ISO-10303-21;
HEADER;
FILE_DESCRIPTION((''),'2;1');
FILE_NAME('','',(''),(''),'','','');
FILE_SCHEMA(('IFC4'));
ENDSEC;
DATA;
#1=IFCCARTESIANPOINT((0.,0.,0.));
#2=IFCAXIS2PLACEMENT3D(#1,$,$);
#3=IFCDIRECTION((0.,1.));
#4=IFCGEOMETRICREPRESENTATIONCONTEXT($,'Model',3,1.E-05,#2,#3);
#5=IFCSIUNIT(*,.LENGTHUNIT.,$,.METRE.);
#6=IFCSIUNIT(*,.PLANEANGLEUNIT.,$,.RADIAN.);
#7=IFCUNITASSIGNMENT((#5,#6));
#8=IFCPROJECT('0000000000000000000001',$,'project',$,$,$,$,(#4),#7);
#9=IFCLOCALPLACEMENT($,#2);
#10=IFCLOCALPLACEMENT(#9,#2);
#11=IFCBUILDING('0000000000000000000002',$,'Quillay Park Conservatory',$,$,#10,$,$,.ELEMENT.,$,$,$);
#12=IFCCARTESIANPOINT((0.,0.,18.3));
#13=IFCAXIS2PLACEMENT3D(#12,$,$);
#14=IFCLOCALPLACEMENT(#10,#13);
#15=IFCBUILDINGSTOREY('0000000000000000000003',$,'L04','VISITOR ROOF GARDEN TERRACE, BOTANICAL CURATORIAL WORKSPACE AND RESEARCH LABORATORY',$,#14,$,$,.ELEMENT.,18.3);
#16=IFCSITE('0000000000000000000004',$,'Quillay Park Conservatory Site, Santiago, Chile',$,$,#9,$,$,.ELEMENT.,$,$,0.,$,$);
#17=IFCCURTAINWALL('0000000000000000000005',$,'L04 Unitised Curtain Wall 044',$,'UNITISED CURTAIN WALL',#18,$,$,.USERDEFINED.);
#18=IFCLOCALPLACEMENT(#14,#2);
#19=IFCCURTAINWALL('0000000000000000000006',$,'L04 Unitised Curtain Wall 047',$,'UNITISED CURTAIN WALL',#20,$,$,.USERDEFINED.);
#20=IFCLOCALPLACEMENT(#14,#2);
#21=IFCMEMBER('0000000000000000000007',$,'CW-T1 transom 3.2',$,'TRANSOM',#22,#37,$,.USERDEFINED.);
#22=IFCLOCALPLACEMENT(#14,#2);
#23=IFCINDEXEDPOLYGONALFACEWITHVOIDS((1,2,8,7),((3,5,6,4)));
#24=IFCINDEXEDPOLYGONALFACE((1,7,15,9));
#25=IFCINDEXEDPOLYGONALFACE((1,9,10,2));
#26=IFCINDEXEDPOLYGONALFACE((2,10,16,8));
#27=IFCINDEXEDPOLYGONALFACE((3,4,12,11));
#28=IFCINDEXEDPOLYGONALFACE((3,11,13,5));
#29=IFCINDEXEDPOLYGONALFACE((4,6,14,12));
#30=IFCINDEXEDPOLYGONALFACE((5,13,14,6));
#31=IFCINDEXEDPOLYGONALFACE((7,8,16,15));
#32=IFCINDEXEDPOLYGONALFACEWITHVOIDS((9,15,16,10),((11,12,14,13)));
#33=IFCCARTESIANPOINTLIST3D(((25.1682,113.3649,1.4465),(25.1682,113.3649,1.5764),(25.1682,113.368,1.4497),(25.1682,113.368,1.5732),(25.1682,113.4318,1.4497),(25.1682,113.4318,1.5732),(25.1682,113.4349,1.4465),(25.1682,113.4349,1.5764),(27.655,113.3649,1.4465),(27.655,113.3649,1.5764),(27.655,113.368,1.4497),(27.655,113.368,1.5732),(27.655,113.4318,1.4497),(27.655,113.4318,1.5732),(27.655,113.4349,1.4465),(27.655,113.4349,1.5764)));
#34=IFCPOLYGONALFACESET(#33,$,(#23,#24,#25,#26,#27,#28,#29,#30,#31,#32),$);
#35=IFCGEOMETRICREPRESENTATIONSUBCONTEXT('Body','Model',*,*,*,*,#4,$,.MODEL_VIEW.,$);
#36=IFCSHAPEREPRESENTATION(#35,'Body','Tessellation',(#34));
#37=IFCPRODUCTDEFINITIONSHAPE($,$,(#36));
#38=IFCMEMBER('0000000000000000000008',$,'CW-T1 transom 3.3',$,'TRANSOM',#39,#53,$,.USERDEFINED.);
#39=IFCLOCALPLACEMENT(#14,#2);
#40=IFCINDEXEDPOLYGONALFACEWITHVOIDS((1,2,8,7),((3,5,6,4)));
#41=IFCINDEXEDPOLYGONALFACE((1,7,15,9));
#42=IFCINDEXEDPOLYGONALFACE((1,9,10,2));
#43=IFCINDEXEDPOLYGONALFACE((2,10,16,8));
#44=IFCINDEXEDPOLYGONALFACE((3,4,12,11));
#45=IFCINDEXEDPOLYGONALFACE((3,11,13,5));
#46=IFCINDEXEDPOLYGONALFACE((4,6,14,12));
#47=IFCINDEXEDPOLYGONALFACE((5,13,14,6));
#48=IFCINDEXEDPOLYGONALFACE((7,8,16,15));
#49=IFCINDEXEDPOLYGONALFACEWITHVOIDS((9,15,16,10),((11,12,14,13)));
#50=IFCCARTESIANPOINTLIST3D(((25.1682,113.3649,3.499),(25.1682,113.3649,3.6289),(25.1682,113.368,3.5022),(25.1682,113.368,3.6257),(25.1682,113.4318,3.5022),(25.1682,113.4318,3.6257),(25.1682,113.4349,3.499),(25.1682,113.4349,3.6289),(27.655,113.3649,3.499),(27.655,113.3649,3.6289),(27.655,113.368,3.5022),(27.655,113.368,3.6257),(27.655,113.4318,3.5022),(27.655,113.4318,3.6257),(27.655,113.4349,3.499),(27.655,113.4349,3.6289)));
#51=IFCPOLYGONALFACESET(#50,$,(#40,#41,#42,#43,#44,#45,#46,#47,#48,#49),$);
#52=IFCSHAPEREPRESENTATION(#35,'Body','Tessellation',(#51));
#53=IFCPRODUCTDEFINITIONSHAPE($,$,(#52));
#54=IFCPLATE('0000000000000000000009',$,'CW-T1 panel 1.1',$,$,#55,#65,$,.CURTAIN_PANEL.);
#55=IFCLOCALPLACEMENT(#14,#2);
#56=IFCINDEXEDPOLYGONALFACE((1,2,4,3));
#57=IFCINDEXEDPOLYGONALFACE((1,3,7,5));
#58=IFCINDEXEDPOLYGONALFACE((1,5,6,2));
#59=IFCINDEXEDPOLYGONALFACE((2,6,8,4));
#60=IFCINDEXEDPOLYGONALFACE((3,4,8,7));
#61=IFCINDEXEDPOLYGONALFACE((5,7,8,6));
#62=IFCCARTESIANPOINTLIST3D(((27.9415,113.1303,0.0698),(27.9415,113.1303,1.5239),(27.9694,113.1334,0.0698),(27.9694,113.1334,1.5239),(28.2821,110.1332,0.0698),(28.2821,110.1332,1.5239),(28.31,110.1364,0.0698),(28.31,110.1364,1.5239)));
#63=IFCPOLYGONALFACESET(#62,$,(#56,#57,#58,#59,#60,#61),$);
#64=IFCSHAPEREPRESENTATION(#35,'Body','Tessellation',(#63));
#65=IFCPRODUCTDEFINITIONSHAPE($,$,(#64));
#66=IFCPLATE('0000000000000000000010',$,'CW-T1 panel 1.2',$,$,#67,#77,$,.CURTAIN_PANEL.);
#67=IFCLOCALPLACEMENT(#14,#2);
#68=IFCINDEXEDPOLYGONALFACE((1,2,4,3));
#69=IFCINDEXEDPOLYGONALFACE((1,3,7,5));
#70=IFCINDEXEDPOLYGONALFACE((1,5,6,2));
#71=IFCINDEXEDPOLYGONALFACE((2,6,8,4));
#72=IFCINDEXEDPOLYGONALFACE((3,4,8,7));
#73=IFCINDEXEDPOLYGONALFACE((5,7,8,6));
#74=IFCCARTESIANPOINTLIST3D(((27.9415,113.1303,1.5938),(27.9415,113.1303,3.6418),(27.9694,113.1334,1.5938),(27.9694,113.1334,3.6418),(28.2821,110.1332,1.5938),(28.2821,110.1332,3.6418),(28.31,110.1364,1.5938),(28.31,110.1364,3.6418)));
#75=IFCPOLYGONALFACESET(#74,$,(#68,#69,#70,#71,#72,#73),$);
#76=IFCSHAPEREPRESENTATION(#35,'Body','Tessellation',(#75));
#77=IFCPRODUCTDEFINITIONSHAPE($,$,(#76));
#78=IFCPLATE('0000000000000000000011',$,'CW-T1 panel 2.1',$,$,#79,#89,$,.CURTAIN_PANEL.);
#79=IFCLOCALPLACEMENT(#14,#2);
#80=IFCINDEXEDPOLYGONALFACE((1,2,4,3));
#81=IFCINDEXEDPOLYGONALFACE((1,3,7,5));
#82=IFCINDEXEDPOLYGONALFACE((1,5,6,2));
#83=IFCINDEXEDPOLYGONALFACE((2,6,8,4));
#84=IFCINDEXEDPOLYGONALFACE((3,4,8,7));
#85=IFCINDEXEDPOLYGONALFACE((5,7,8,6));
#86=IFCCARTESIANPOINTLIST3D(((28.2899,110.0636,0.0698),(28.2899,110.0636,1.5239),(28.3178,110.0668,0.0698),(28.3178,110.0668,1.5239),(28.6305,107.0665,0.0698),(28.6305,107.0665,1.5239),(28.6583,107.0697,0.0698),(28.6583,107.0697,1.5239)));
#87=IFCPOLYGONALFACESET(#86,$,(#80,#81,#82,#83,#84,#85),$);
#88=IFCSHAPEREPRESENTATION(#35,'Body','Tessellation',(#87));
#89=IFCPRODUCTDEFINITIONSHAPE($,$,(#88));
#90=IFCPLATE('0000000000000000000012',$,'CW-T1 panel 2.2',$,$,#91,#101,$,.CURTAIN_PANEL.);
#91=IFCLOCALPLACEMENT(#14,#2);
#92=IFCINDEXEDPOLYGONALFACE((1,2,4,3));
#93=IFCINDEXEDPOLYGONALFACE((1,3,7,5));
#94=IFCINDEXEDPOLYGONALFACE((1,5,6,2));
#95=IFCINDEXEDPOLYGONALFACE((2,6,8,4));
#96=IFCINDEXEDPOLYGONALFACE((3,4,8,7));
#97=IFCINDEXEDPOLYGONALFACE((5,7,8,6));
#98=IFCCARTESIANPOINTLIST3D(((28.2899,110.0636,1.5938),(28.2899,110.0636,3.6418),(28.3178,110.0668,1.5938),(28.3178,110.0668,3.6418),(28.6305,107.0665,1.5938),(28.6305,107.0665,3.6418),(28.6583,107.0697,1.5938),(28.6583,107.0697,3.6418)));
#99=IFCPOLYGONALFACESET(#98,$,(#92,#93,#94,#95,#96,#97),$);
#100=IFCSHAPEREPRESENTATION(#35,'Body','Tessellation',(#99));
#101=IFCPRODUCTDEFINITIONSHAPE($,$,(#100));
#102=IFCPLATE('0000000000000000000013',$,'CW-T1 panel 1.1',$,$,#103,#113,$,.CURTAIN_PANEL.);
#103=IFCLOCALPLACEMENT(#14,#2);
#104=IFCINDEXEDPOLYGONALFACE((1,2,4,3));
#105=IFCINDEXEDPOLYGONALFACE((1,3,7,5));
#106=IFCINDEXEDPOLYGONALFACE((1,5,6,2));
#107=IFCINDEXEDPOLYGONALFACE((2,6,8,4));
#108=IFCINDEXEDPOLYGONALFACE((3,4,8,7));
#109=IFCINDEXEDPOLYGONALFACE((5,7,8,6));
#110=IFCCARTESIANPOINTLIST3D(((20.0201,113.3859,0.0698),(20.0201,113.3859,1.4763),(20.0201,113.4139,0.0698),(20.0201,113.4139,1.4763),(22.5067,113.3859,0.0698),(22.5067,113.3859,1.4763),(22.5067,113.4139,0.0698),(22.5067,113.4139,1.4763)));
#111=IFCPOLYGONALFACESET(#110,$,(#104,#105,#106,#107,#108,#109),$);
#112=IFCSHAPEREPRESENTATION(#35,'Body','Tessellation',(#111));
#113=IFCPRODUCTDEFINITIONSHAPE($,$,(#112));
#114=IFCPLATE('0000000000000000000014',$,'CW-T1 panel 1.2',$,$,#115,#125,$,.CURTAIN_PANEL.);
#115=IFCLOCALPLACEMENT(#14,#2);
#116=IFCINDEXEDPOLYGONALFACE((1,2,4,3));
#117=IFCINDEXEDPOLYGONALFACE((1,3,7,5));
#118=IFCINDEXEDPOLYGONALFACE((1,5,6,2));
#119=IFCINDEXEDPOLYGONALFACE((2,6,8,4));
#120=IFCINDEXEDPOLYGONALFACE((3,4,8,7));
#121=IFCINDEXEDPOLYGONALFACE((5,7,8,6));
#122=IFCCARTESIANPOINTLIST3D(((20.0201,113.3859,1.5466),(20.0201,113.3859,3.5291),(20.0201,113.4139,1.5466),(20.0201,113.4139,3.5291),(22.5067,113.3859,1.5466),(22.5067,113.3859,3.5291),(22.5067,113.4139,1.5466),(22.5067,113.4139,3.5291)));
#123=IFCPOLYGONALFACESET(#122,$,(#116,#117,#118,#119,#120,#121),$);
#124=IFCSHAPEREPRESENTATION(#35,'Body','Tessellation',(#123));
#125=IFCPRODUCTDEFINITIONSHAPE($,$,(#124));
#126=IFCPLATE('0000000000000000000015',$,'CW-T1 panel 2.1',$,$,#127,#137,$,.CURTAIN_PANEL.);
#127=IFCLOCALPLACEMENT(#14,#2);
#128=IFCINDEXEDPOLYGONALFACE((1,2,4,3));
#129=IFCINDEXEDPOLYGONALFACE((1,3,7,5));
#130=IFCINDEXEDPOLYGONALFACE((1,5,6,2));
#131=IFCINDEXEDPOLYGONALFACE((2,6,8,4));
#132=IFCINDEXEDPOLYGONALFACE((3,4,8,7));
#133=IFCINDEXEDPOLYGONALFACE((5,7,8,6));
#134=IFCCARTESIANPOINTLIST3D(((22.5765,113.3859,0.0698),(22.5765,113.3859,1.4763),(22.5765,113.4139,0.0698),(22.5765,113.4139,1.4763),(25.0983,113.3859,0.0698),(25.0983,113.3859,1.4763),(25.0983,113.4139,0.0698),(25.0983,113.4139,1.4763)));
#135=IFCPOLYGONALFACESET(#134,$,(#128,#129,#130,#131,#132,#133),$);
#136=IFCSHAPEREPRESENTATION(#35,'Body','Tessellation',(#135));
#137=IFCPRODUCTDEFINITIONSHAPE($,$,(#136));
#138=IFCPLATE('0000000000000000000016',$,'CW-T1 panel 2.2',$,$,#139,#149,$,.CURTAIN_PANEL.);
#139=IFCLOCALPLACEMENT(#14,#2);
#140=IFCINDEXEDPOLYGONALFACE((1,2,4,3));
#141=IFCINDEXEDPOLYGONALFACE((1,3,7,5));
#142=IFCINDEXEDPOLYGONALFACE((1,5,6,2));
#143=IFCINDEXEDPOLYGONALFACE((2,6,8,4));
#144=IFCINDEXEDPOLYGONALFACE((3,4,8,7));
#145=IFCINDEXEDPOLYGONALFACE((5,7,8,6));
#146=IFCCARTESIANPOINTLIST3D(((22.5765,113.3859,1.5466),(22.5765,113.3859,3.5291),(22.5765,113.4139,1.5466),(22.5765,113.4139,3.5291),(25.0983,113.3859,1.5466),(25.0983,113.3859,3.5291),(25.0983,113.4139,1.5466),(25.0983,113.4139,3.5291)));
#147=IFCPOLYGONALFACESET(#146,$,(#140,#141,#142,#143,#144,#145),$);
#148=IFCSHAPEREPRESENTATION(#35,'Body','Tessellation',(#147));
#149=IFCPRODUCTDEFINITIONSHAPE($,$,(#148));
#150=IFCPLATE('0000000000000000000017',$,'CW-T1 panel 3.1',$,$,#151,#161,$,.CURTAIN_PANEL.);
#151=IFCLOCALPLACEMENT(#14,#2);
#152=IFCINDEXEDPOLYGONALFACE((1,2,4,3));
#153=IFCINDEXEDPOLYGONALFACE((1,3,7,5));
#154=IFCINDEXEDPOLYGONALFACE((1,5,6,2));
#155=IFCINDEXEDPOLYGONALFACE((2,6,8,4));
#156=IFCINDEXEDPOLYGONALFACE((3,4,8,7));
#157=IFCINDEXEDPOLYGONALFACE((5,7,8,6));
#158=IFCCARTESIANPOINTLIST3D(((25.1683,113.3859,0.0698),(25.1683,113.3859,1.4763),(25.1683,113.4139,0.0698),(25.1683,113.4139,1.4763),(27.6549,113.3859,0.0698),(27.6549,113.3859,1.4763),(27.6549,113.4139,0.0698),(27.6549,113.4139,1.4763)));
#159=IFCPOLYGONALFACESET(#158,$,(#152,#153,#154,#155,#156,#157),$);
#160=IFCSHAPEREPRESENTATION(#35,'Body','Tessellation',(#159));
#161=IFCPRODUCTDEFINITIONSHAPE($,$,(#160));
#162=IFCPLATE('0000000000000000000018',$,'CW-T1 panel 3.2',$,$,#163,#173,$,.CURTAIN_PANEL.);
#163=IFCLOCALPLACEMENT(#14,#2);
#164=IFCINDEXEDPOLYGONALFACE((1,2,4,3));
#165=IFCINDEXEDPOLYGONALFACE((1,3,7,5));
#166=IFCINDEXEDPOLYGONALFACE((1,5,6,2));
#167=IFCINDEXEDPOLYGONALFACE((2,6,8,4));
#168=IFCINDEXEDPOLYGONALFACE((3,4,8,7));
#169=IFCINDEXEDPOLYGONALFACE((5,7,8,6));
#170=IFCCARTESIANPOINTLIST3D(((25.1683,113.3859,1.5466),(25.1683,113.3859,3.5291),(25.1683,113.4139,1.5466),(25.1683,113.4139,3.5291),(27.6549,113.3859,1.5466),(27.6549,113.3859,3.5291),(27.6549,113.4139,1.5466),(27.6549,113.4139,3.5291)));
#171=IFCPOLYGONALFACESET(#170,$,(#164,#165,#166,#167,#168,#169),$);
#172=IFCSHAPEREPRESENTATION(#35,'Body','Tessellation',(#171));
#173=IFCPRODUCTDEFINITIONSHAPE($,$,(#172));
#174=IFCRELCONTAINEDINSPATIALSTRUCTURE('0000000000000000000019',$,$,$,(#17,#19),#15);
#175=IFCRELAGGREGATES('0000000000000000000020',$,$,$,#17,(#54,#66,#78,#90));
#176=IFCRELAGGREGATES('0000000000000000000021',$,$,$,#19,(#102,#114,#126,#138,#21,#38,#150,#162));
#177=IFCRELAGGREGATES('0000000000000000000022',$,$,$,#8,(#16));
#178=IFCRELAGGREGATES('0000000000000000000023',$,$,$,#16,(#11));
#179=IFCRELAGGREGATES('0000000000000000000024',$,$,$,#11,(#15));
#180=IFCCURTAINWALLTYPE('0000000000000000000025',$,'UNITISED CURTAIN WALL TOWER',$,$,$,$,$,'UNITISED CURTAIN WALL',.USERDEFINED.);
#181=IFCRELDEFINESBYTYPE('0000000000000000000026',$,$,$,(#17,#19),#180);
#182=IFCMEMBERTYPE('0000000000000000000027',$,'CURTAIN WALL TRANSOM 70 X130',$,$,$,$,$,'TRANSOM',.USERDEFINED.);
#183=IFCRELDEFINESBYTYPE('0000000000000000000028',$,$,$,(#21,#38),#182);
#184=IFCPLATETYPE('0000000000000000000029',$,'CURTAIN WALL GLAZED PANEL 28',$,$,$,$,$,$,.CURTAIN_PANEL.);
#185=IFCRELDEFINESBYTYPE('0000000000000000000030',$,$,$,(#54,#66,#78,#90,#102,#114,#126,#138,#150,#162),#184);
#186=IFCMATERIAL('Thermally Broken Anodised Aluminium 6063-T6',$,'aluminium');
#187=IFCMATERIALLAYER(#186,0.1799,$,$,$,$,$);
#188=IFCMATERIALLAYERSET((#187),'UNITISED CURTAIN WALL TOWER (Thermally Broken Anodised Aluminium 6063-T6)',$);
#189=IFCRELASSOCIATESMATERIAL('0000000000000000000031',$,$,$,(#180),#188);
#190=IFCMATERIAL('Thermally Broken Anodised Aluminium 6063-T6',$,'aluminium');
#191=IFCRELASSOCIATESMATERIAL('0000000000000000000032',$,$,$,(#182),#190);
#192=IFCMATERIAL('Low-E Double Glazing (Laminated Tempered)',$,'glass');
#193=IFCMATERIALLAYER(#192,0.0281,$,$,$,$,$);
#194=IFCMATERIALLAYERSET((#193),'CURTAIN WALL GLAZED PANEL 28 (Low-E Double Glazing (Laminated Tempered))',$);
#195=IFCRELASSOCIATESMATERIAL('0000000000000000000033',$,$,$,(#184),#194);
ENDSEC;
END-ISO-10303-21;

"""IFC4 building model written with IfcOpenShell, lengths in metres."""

from ifc_helpers import new_model, si_unit, direction, frame, origin, origin_2d, place, context, subcontext, project, spatial, rectangle, hollow_rectangle, extrude, material, layer, layer_set, material_profile, profile_set, type_object, element, aggregate, save


model = new_model("IFC4")

# Units and contexts
model_context = context("Model", 3, precision=1e-05, world=origin(), true_north=direction((0.0, 1.0)))
body_context = subcontext(model_context, "Body", "Model", "MODEL_VIEW")
ifc_project = project(units=[si_unit("LENGTHUNIT", "METRE"), si_unit("PLANEANGLEUNIT", "RADIAN")], contexts=[model_context])

# Site, building, storey
site_placement = place(None, origin())
site = spatial("IfcSite", under=ifc_project, at=site_placement, Name="Quillay Park Conservatory Site, Santiago, Chile", CompositionType="ELEMENT", RefElevation=0.0)
building_placement = place(site_placement, origin())
building = spatial("IfcBuilding", under=site, at=building_placement, Name="Quillay Park Conservatory", CompositionType="ELEMENT")
storey_placement = place(building_placement, frame((0.0, 0.0, 18.3)))
storey = spatial("IfcBuildingStorey", under=building, at=storey_placement, Name="L04", Description="VISITOR ROOF GARDEN TERRACE, BOTANICAL CURATORIAL WORKSPACE AND RESEARCH LABORATORY", CompositionType="ELEMENT", Elevation=18.3)

# Curtain walls
ifc_material_1 = material(Name="Thermally Broken Anodised Aluminium 6063-T6", Category="aluminium")
ifc_layer_1 = layer(ifc_material_1, 0.1799)
ifc_layer_set_1 = layer_set([ifc_layer_1], Name="UNITISED CURTAIN WALL TOWER (Thermally Broken Anodised Aluminium 6063-T6)")
curtain_wall_type = type_object("IfcCurtainWallType", Name="UNITISED CURTAIN WALL TOWER", ElementType="UNITISED CURTAIN WALL", PredefinedType="USERDEFINED", material=ifc_layer_set_1)
curtain_wall_1_placement = place(storey_placement, origin())
curtain_wall_1 = element("IfcCurtainWall", 1, at=curtain_wall_1_placement, inside=storey, type_object=curtain_wall_type, Name="L04 Unitised Curtain Wall 044", ObjectType="UNITISED CURTAIN WALL", PredefinedType="USERDEFINED")
curtain_wall_2_placement = place(storey_placement, origin())
curtain_wall_2 = element("IfcCurtainWall", 2, at=curtain_wall_2_placement, inside=storey, type_object=curtain_wall_type, Name="L04 Unitised Curtain Wall 047", ObjectType="UNITISED CURTAIN WALL", PredefinedType="USERDEFINED")

# Members
ifc_material_2 = material(Name="Thermally Broken Anodised Aluminium 6063-T6", Category="aluminium")
ifc_material_profile_1 = material_profile(ifc_material_2, hollow_rectangle(XDim=0.0701, YDim=0.1299, WallThickness=0.0032, at=origin_2d()), Name="AL70x130x3.2")
ifc_profile_set_1 = profile_set([ifc_material_profile_1], Name="Thermally Broken Anodised Aluminium 6063-T6")
member_type_1 = type_object("IfcMemberType", Name="CURTAIN WALL TRANSOM 70 X130", ElementType="TRANSOM", PredefinedType="USERDEFINED", material=ifc_profile_set_1)
member_1_placement = place(storey_placement, frame((25.1682, 113.3999, 1.5115), z_axis=(1.0, 0.0, 0.0), x_axis=(0.0, 1.0, 0.0)))
member_1 = element("IfcMember", 3, at=member_1_placement, type_object=member_type_1, Name="CW-T1 transom 3.2", ObjectType="TRANSOM", PredefinedType="USERDEFINED", context=body_context, shape_type="SweptSolid", body=[
    extrude(hollow_rectangle(XDim=0.0701, YDim=0.1299, WallThickness=0.0032, at=origin_2d()), origin(), (0.0, 0.0, 1.0), 2.4868),
])
member_2_placement = place(storey_placement, frame((25.1682, 113.3999, 3.564), z_axis=(1.0, 0.0, 0.0), x_axis=(0.0, 1.0, 0.0)))
member_2 = element("IfcMember", 4, at=member_2_placement, type_object=member_type_1, Name="CW-T1 transom 3.3", ObjectType="TRANSOM", PredefinedType="USERDEFINED", context=body_context, shape_type="SweptSolid", body=[
    extrude(hollow_rectangle(XDim=0.0701, YDim=0.1299, WallThickness=0.0032, at=origin_2d()), origin(), (0.0, 0.0, 1.0), 2.4868),
])

# Plates
ifc_material_3 = material(Name="Low-E Double Glazing (Laminated Tempered)", Category="glass")
ifc_layer_2 = layer(ifc_material_3, 0.0281)
ifc_layer_set_2 = layer_set([ifc_layer_2], Name="CURTAIN WALL GLAZED PANEL 28 (Low-E Double Glazing (Laminated Tempered))")
plate_type = type_object("IfcPlateType", Name="CURTAIN WALL GLAZED PANEL 28", PredefinedType="CURTAIN_PANEL", material=ifc_layer_set_2)
plate_1_placement = place(storey_placement, frame((28.1257, 111.6333, 0.0698), z_axis=(0.0, 0.0, 1.0), x_axis=(0.112903, -0.993606, 0.0)))
plate_1 = element("IfcPlate", 5, at=plate_1_placement, type_object=plate_type, Name="CW-T1 panel 1.1", PredefinedType="CURTAIN_PANEL", context=body_context, shape_type="SweptSolid", body=[
    extrude(rectangle(XDim=3.0164, YDim=0.0281, at=origin_2d()), origin(), (0.0, 0.0, 1.0), 1.4541),
])
plate_2_placement = place(storey_placement, frame((28.1257, 111.6333, 1.5938), z_axis=(0.0, 0.0, 1.0), x_axis=(0.112903, -0.993606, 0.0)))
plate_2 = element("IfcPlate", 6, at=plate_2_placement, type_object=plate_type, Name="CW-T1 panel 1.2", PredefinedType="CURTAIN_PANEL", context=body_context, shape_type="SweptSolid", body=[
    extrude(rectangle(XDim=3.0164, YDim=0.0281, at=origin_2d()), origin(), (0.0, 0.0, 1.0), 2.0481),
])
plate_3_placement = place(storey_placement, frame((28.4741, 108.5667, 0.0698), z_axis=(0.0, 0.0, 1.0), x_axis=(0.112903, -0.993606, 0.0)))
plate_3 = element("IfcPlate", 7, at=plate_3_placement, type_object=plate_type, Name="CW-T1 panel 2.1", PredefinedType="CURTAIN_PANEL", context=body_context, shape_type="SweptSolid", body=[
    extrude(rectangle(XDim=3.0164, YDim=0.0281, at=origin_2d()), origin(), (0.0, 0.0, 1.0), 1.4541),
])
plate_4_placement = place(storey_placement, frame((28.4741, 108.5667, 1.5938), z_axis=(0.0, 0.0, 1.0), x_axis=(0.112903, -0.993606, 0.0)))
plate_4 = element("IfcPlate", 8, at=plate_4_placement, type_object=plate_type, Name="CW-T1 panel 2.2", PredefinedType="CURTAIN_PANEL", context=body_context, shape_type="SweptSolid", body=[
    extrude(rectangle(XDim=3.0164, YDim=0.0281, at=origin_2d()), origin(), (0.0, 0.0, 1.0), 2.0481),
])
aggregate(curtain_wall_1, [plate_1, plate_2, plate_3, plate_4])
plate_5_placement = place(storey_placement, frame((21.2634, 113.3999, 0.0698), z_axis=(0.0, 0.0, 1.0), x_axis=(1.0, 0.0, 0.0)))
plate_5 = element("IfcPlate", 9, at=plate_5_placement, type_object=plate_type, Name="CW-T1 panel 1.1", PredefinedType="CURTAIN_PANEL", context=body_context, shape_type="SweptSolid", body=[
    extrude(rectangle(XDim=2.4866, YDim=0.0281, at=origin_2d()), origin(), (0.0, 0.0, 1.0), 1.4065),
])
plate_6_placement = place(storey_placement, frame((21.2634, 113.3999, 1.5466), z_axis=(0.0, 0.0, 1.0), x_axis=(1.0, 0.0, 0.0)))
plate_6 = element("IfcPlate", 10, at=plate_6_placement, type_object=plate_type, Name="CW-T1 panel 1.2", PredefinedType="CURTAIN_PANEL", context=body_context, shape_type="SweptSolid", body=[
    extrude(rectangle(XDim=2.4866, YDim=0.0281, at=origin_2d()), origin(), (0.0, 0.0, 1.0), 1.9824),
])
plate_7_placement = place(storey_placement, frame((23.8374, 113.3999, 0.0698), z_axis=(0.0, 0.0, 1.0), x_axis=(1.0, 0.0, 0.0)))
plate_7 = element("IfcPlate", 11, at=plate_7_placement, type_object=plate_type, Name="CW-T1 panel 2.1", PredefinedType="CURTAIN_PANEL", context=body_context, shape_type="SweptSolid", body=[
    extrude(rectangle(XDim=2.5217, YDim=0.0281, at=origin_2d()), origin(), (0.0, 0.0, 1.0), 1.4065),
])
plate_8_placement = place(storey_placement, frame((23.8374, 113.3999, 1.5466), z_axis=(0.0, 0.0, 1.0), x_axis=(1.0, 0.0, 0.0)))
plate_8 = element("IfcPlate", 12, at=plate_8_placement, type_object=plate_type, Name="CW-T1 panel 2.2", PredefinedType="CURTAIN_PANEL", context=body_context, shape_type="SweptSolid", body=[
    extrude(rectangle(XDim=2.5217, YDim=0.0281, at=origin_2d()), origin(), (0.0, 0.0, 1.0), 1.9824),
])
plate_9_placement = place(storey_placement, frame((26.4116, 113.3999, 0.0698), z_axis=(0.0, 0.0, 1.0), x_axis=(1.0, 0.0, 0.0)))
plate_9 = element("IfcPlate", 13, at=plate_9_placement, type_object=plate_type, Name="CW-T1 panel 3.1", PredefinedType="CURTAIN_PANEL", context=body_context, shape_type="SweptSolid", body=[
    extrude(rectangle(XDim=2.4866, YDim=0.0281, at=origin_2d()), origin(), (0.0, 0.0, 1.0), 1.4065),
])
plate_10_placement = place(storey_placement, frame((26.4116, 113.3999, 1.5466), z_axis=(0.0, 0.0, 1.0), x_axis=(1.0, 0.0, 0.0)))
plate_10 = element("IfcPlate", 14, at=plate_10_placement, type_object=plate_type, Name="CW-T1 panel 3.2", PredefinedType="CURTAIN_PANEL", context=body_context, shape_type="SweptSolid", body=[
    extrude(rectangle(XDim=2.4866, YDim=0.0281, at=origin_2d()), origin(), (0.0, 0.0, 1.0), 1.9824),
])
aggregate(curtain_wall_2, [plate_5, plate_6, plate_7, plate_8, member_1, member_2, plate_9, plate_10])

save(model, "model.ifc")
